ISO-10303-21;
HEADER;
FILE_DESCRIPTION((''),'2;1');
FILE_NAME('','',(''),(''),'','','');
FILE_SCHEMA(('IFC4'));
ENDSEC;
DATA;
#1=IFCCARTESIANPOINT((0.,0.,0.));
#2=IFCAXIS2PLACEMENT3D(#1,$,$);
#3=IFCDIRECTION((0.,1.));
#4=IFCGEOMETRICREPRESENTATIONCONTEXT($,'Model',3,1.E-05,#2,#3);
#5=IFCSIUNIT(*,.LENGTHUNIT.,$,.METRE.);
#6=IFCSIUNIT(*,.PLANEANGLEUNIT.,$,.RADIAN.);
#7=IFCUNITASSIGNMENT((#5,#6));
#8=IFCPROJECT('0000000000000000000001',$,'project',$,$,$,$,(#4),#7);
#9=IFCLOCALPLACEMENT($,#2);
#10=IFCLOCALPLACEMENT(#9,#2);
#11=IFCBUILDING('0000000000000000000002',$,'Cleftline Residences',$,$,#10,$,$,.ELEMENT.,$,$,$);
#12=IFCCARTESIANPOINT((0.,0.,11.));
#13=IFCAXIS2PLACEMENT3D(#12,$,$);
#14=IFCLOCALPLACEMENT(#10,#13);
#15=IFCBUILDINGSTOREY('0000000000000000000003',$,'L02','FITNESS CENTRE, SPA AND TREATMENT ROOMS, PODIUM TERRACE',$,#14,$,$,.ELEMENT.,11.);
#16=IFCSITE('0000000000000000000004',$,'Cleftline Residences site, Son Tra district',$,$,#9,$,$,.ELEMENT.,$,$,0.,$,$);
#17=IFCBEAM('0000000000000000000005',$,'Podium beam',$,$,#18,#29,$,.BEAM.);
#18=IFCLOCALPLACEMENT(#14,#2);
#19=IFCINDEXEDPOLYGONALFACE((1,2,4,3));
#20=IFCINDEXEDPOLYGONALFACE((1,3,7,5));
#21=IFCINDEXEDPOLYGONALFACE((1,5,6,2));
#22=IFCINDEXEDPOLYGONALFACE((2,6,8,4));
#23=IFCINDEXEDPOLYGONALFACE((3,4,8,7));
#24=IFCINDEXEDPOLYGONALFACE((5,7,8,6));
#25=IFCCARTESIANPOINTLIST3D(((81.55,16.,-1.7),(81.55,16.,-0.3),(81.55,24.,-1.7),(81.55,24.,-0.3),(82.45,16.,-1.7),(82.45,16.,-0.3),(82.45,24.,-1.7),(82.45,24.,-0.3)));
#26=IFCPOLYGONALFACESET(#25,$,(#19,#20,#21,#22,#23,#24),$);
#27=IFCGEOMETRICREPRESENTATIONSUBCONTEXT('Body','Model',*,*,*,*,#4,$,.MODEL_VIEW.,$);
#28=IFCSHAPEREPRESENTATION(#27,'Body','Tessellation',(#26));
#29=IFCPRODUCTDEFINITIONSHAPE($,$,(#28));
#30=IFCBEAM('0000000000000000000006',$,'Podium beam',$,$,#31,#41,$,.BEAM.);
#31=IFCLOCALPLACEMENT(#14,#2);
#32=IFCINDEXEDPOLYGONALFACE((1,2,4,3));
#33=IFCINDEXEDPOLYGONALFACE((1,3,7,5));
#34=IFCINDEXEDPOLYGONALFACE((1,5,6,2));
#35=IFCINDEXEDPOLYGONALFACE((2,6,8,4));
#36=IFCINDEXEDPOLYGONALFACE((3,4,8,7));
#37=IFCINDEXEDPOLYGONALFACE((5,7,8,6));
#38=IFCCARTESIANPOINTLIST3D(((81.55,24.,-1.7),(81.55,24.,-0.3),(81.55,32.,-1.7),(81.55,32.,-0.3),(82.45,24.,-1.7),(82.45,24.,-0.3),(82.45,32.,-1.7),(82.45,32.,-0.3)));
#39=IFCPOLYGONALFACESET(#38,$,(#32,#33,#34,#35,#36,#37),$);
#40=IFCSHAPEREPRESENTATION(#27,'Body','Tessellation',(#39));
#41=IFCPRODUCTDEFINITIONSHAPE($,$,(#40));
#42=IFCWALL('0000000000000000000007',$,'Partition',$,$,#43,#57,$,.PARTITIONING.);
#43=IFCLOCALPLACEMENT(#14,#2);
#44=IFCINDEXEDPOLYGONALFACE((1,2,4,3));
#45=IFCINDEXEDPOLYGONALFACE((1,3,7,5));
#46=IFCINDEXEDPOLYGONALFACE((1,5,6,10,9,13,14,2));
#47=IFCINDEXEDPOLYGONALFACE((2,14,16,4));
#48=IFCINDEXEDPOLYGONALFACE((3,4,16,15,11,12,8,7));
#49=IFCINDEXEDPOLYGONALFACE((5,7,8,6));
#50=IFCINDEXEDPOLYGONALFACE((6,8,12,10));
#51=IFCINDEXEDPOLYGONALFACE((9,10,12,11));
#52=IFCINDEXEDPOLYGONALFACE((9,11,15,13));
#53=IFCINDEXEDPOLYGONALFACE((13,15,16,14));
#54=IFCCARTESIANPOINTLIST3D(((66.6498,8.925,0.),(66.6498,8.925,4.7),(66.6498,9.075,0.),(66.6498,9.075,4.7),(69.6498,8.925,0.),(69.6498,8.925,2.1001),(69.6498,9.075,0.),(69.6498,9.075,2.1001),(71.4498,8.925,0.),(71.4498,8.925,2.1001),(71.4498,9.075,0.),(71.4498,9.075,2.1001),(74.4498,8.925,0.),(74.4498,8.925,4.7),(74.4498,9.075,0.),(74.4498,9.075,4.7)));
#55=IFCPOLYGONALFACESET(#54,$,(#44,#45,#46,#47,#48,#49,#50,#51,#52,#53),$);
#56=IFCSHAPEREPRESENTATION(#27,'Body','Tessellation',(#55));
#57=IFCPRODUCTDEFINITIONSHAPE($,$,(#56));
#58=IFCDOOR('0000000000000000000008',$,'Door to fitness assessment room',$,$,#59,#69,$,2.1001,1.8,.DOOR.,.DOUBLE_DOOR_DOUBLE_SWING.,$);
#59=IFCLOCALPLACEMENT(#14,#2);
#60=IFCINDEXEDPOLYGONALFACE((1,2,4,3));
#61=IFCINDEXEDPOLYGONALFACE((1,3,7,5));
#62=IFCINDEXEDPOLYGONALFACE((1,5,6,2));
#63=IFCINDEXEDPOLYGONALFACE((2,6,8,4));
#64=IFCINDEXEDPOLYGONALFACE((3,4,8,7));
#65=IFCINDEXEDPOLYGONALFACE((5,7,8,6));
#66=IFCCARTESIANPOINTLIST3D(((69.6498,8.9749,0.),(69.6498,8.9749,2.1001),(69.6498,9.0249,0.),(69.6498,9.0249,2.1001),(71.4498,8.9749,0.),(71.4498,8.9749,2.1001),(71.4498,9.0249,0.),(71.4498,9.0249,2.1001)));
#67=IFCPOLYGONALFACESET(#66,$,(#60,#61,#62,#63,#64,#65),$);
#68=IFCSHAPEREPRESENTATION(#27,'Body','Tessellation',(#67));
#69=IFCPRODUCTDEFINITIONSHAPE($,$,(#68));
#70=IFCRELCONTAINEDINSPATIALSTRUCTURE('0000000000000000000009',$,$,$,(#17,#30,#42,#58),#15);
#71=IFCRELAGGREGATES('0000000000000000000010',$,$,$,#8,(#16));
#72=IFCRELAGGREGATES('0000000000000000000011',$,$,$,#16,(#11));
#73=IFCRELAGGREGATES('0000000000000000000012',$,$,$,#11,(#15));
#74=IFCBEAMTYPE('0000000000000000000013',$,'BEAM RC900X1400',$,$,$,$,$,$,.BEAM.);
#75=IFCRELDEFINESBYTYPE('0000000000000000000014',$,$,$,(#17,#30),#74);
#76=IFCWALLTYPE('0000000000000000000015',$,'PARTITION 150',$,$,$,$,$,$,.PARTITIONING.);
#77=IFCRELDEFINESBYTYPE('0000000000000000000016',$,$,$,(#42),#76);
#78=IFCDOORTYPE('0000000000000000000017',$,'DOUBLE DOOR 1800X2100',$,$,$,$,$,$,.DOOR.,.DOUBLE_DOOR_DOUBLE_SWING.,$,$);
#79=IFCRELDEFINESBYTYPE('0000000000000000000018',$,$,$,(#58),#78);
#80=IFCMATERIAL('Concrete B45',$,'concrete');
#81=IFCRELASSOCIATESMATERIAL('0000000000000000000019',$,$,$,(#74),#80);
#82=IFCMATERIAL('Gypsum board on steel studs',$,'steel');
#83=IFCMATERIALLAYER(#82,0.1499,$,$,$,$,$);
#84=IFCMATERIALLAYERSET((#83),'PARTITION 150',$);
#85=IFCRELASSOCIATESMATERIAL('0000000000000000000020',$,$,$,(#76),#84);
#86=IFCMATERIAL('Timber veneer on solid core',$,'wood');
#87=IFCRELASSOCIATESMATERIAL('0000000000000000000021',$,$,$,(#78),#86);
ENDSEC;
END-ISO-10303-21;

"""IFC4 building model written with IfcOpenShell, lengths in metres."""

from ifc_helpers import new_model, si_unit, direction, frame, frame_2d, origin, origin_2d, place, context, subcontext, project, spatial, rectangle, extrude, material, layer, layer_set, material_profile, profile_set, type_object, element, fill, save


model = new_model("IFC4")

# Units and contexts
model_context = context("Model", 3, precision=1e-05, world=origin(), true_north=direction((0.0, 1.0)))
body_context = subcontext(model_context, "Body", "Model", "MODEL_VIEW")
ifc_project = project(units=[si_unit("LENGTHUNIT", "METRE"), si_unit("PLANEANGLEUNIT", "RADIAN")], contexts=[model_context])

# Site, building, storey
site_placement = place(None, origin())
site = spatial("IfcSite", under=ifc_project, at=site_placement, Name="Cleftline Residences site, Son Tra district", CompositionType="ELEMENT", RefElevation=0.0)
building_placement = place(site_placement, origin())
building = spatial("IfcBuilding", under=site, at=building_placement, Name="Cleftline Residences", CompositionType="ELEMENT")
storey_placement = place(building_placement, frame((0.0, 0.0, 11.0)))
storey = spatial("IfcBuildingStorey", under=building, at=storey_placement, Name="L02", Description="FITNESS CENTRE, SPA AND TREATMENT ROOMS, PODIUM TERRACE", CompositionType="ELEMENT", Elevation=11.0)

# Beams
ifc_material_1 = material(Name="Concrete B45", Category="concrete")
ifc_material_profile_1 = material_profile(ifc_material_1, rectangle(XDim=0.8999, YDim=1.3999, at=origin_2d()))
ifc_profile_set_1 = profile_set([ifc_material_profile_1], Name="Concrete B45")
beam_type = type_object("IfcBeamType", Name="BEAM RC900X1400", PredefinedType="BEAM", material=ifc_profile_set_1)
for number, where, z_axis, x_axis, name in (
    (1, (82.0, 16.0, -1.0), (0.0, 1.0, 0.0), (-1.0, 0.0, 0.0), "Podium beam"),
    (2, (82.0, 24.0, -1.0), (0.0, 1.0, 0.0), (-1.0, 0.0, 0.0), "Podium beam"),
):
    element("IfcBeam", number, at=place(storey_placement, frame(where, z_axis=z_axis, x_axis=x_axis)), inside=storey, type_object=beam_type, Name=name, PredefinedType="BEAM", context=body_context, shape_type="SweptSolid", body=[
        extrude(rectangle(XDim=0.8999, YDim=1.3999, at=origin_2d()), origin(), (0.0, 0.0, 1.0), 8.0),
    ])

# Wall, opening, door
ifc_material_2 = material(Name="Gypsum board on steel studs", Category="steel")
ifc_layer = layer(ifc_material_2, 0.1499)
ifc_layer_set = layer_set([ifc_layer], Name="PARTITION 150")
wall_type = type_object("IfcWallType", Name="PARTITION 150", PredefinedType="PARTITIONING", material=ifc_layer_set)
wall_placement = place(storey_placement, frame((66.6499, 9.0, 0.0), z_axis=(0.0, 0.0, 1.0), x_axis=(1.0, 0.0, 0.0)))
wall = element("IfcWall", 3, at=wall_placement, inside=storey, type_object=wall_type, Name="Partition", PredefinedType="PARTITIONING", context=body_context, shape_type="SweptSolid", body=[
    extrude(rectangle(XDim=7.8, YDim=0.1499, at=frame_2d((3.8999, 0.0))), origin(), (0.0, 0.0, 1.0), 4.7),
])
opening_placement = place(wall_placement, frame((3.0, 0.0, 0.0)))
opening = element("IfcOpeningElement", 4, at=opening_placement, cuts=wall, PredefinedType="OPENING", context=body_context, shape_type="SweptSolid", body=[
    extrude(rectangle(XDim=1.8, YDim=2.1001, at=frame_2d((0.8999, 1.05))), frame((0.0, 0.085, 0.0), z_axis=(0.0, -1.0, 0.0), x_axis=(1.0, 0.0, 0.0)), (0.0, 0.0, 1.0), 0.1699),
])
ifc_material_3 = material(Name="Timber veneer on solid core", Category="wood")
door_type = type_object("IfcDoorType", Name="DOUBLE DOOR 1800X2100", OperationType="DOUBLE_DOOR_DOUBLE_SWING", PredefinedType="DOOR", material=ifc_material_3)
door_placement = place(opening_placement, origin())
door = element("IfcDoor", 5, at=door_placement, inside=storey, type_object=door_type, Name="Door to fitness assessment room", OperationType="DOUBLE_DOOR_DOUBLE_SWING", OverallHeight=2.1001, OverallWidth=1.8, PredefinedType="DOOR", context=body_context, shape_type="SweptSolid", body=[
    extrude(rectangle(XDim=1.8, YDim=2.1001, at=frame_2d((0.8999, 1.05))), frame((0.0, 0.0249, 0.0), z_axis=(0.0, -1.0, 0.0), x_axis=(1.0, 0.0, 0.0)), (0.0, 0.0, 1.0), 0.05),
])
fill(opening, door)

save(model, "model.ifc")
